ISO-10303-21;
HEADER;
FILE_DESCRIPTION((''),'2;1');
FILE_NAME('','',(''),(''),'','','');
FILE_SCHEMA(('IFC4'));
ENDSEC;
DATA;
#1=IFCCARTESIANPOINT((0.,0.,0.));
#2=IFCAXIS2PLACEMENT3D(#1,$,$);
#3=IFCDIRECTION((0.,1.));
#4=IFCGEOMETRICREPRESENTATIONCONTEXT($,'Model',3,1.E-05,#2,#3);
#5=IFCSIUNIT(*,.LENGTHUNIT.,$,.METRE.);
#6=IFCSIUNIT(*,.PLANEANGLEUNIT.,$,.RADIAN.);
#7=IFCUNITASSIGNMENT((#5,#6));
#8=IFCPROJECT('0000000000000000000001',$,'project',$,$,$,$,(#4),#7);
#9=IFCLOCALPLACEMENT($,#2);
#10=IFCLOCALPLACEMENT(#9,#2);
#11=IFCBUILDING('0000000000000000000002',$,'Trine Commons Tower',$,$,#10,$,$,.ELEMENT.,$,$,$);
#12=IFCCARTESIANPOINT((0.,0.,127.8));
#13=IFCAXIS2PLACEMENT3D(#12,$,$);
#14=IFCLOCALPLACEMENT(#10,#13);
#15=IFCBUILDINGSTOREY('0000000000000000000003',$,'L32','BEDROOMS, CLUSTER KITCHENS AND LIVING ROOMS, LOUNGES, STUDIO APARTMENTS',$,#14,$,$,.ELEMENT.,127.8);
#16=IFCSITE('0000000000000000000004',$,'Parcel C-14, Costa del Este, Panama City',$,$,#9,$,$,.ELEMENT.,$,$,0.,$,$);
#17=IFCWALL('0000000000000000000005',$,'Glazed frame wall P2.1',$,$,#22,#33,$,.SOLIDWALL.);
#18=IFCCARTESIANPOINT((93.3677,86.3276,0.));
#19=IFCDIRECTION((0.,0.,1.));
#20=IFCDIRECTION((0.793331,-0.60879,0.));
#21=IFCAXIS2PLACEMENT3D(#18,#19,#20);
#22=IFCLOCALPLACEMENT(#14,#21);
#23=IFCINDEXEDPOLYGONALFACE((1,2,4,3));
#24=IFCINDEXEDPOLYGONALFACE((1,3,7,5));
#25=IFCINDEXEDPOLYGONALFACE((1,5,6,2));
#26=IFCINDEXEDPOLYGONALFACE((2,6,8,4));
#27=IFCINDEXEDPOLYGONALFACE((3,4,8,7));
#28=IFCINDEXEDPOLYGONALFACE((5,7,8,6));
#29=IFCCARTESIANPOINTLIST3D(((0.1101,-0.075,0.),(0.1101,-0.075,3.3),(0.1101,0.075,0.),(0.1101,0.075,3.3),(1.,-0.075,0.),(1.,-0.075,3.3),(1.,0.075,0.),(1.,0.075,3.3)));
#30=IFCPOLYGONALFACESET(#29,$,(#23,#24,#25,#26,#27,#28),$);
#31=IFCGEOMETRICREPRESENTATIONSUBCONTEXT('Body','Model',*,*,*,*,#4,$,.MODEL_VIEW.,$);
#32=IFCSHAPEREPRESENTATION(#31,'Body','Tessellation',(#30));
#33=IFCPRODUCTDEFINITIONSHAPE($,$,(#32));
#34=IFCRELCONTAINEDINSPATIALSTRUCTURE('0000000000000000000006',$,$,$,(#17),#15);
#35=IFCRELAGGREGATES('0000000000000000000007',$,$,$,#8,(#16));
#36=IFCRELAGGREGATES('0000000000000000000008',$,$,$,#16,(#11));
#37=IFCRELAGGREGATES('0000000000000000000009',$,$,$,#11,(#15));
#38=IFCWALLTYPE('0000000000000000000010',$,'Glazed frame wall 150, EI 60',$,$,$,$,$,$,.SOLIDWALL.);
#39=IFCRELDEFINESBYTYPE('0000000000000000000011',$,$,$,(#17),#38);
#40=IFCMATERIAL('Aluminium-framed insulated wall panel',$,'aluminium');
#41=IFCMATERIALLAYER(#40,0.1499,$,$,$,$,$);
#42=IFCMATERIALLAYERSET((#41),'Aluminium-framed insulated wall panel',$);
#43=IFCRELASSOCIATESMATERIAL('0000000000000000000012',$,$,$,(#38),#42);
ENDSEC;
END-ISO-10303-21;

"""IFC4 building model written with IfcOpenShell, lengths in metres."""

from ifc_helpers import new_model, si_unit, direction, frame, origin, place, context, subcontext, project, spatial, polyline, outline, extrude, material, layer, layer_set, type_object, element, save


model = new_model("IFC4")

# Units and contexts
model_context = context("Model", 3, precision=1e-05, world=origin(), true_north=direction((0.0, 1.0)))
body_context = subcontext(model_context, "Body", "Model", "MODEL_VIEW")
ifc_project = project(units=[si_unit("LENGTHUNIT", "METRE"), si_unit("PLANEANGLEUNIT", "RADIAN")], contexts=[model_context])

# Site, building, storey
site_placement = place(None, origin())
site = spatial("IfcSite", under=ifc_project, at=site_placement, Name="Parcel C-14, Costa del Este, Panama City", CompositionType="ELEMENT", RefElevation=0.0)
building_placement = place(site_placement, origin())
building = spatial("IfcBuilding", under=site, at=building_placement, Name="Trine Commons Tower", CompositionType="ELEMENT")
storey_placement = place(building_placement, frame((0.0, 0.0, 127.8)))
storey = spatial("IfcBuildingStorey", under=building, at=storey_placement, Name="L32", Description="BEDROOMS, CLUSTER KITCHENS AND LIVING ROOMS, LOUNGES, STUDIO APARTMENTS", CompositionType="ELEMENT", Elevation=127.8)

# Wall
ifc_material_1 = material(Name="Aluminium-framed insulated wall panel", Category="aluminium")
ifc_layer_1 = layer(ifc_material_1, 0.1499)
ifc_layer_set_1 = layer_set([ifc_layer_1], Name="Aluminium-framed insulated wall panel")
wall_type_1 = type_object("IfcWallType", Name="Glazed frame wall 150, EI 60", PredefinedType="SOLIDWALL", material=ifc_layer_set_1)
wall_1_placement = place(storey_placement, frame((93.3677, 86.3276, 0.0), z_axis=(0.0, 0.0, 1.0), x_axis=(0.793331, -0.60879, 0.0)))
element("IfcWall", 1, at=wall_1_placement, inside=storey, type_object=wall_type_1, Name="Glazed frame wall P2.1", PredefinedType="SOLIDWALL", context=body_context, shape_type="SweptSolid", body=[
    extrude(outline(polyline([(0.1101, -0.075), (1.0, -0.075), (1.0, 0.075), (0.1101, 0.075), (0.1101, -0.075)])), origin(), (0.0, 0.0, 1.0), 3.3),
])

save(model, "model.ifc")
